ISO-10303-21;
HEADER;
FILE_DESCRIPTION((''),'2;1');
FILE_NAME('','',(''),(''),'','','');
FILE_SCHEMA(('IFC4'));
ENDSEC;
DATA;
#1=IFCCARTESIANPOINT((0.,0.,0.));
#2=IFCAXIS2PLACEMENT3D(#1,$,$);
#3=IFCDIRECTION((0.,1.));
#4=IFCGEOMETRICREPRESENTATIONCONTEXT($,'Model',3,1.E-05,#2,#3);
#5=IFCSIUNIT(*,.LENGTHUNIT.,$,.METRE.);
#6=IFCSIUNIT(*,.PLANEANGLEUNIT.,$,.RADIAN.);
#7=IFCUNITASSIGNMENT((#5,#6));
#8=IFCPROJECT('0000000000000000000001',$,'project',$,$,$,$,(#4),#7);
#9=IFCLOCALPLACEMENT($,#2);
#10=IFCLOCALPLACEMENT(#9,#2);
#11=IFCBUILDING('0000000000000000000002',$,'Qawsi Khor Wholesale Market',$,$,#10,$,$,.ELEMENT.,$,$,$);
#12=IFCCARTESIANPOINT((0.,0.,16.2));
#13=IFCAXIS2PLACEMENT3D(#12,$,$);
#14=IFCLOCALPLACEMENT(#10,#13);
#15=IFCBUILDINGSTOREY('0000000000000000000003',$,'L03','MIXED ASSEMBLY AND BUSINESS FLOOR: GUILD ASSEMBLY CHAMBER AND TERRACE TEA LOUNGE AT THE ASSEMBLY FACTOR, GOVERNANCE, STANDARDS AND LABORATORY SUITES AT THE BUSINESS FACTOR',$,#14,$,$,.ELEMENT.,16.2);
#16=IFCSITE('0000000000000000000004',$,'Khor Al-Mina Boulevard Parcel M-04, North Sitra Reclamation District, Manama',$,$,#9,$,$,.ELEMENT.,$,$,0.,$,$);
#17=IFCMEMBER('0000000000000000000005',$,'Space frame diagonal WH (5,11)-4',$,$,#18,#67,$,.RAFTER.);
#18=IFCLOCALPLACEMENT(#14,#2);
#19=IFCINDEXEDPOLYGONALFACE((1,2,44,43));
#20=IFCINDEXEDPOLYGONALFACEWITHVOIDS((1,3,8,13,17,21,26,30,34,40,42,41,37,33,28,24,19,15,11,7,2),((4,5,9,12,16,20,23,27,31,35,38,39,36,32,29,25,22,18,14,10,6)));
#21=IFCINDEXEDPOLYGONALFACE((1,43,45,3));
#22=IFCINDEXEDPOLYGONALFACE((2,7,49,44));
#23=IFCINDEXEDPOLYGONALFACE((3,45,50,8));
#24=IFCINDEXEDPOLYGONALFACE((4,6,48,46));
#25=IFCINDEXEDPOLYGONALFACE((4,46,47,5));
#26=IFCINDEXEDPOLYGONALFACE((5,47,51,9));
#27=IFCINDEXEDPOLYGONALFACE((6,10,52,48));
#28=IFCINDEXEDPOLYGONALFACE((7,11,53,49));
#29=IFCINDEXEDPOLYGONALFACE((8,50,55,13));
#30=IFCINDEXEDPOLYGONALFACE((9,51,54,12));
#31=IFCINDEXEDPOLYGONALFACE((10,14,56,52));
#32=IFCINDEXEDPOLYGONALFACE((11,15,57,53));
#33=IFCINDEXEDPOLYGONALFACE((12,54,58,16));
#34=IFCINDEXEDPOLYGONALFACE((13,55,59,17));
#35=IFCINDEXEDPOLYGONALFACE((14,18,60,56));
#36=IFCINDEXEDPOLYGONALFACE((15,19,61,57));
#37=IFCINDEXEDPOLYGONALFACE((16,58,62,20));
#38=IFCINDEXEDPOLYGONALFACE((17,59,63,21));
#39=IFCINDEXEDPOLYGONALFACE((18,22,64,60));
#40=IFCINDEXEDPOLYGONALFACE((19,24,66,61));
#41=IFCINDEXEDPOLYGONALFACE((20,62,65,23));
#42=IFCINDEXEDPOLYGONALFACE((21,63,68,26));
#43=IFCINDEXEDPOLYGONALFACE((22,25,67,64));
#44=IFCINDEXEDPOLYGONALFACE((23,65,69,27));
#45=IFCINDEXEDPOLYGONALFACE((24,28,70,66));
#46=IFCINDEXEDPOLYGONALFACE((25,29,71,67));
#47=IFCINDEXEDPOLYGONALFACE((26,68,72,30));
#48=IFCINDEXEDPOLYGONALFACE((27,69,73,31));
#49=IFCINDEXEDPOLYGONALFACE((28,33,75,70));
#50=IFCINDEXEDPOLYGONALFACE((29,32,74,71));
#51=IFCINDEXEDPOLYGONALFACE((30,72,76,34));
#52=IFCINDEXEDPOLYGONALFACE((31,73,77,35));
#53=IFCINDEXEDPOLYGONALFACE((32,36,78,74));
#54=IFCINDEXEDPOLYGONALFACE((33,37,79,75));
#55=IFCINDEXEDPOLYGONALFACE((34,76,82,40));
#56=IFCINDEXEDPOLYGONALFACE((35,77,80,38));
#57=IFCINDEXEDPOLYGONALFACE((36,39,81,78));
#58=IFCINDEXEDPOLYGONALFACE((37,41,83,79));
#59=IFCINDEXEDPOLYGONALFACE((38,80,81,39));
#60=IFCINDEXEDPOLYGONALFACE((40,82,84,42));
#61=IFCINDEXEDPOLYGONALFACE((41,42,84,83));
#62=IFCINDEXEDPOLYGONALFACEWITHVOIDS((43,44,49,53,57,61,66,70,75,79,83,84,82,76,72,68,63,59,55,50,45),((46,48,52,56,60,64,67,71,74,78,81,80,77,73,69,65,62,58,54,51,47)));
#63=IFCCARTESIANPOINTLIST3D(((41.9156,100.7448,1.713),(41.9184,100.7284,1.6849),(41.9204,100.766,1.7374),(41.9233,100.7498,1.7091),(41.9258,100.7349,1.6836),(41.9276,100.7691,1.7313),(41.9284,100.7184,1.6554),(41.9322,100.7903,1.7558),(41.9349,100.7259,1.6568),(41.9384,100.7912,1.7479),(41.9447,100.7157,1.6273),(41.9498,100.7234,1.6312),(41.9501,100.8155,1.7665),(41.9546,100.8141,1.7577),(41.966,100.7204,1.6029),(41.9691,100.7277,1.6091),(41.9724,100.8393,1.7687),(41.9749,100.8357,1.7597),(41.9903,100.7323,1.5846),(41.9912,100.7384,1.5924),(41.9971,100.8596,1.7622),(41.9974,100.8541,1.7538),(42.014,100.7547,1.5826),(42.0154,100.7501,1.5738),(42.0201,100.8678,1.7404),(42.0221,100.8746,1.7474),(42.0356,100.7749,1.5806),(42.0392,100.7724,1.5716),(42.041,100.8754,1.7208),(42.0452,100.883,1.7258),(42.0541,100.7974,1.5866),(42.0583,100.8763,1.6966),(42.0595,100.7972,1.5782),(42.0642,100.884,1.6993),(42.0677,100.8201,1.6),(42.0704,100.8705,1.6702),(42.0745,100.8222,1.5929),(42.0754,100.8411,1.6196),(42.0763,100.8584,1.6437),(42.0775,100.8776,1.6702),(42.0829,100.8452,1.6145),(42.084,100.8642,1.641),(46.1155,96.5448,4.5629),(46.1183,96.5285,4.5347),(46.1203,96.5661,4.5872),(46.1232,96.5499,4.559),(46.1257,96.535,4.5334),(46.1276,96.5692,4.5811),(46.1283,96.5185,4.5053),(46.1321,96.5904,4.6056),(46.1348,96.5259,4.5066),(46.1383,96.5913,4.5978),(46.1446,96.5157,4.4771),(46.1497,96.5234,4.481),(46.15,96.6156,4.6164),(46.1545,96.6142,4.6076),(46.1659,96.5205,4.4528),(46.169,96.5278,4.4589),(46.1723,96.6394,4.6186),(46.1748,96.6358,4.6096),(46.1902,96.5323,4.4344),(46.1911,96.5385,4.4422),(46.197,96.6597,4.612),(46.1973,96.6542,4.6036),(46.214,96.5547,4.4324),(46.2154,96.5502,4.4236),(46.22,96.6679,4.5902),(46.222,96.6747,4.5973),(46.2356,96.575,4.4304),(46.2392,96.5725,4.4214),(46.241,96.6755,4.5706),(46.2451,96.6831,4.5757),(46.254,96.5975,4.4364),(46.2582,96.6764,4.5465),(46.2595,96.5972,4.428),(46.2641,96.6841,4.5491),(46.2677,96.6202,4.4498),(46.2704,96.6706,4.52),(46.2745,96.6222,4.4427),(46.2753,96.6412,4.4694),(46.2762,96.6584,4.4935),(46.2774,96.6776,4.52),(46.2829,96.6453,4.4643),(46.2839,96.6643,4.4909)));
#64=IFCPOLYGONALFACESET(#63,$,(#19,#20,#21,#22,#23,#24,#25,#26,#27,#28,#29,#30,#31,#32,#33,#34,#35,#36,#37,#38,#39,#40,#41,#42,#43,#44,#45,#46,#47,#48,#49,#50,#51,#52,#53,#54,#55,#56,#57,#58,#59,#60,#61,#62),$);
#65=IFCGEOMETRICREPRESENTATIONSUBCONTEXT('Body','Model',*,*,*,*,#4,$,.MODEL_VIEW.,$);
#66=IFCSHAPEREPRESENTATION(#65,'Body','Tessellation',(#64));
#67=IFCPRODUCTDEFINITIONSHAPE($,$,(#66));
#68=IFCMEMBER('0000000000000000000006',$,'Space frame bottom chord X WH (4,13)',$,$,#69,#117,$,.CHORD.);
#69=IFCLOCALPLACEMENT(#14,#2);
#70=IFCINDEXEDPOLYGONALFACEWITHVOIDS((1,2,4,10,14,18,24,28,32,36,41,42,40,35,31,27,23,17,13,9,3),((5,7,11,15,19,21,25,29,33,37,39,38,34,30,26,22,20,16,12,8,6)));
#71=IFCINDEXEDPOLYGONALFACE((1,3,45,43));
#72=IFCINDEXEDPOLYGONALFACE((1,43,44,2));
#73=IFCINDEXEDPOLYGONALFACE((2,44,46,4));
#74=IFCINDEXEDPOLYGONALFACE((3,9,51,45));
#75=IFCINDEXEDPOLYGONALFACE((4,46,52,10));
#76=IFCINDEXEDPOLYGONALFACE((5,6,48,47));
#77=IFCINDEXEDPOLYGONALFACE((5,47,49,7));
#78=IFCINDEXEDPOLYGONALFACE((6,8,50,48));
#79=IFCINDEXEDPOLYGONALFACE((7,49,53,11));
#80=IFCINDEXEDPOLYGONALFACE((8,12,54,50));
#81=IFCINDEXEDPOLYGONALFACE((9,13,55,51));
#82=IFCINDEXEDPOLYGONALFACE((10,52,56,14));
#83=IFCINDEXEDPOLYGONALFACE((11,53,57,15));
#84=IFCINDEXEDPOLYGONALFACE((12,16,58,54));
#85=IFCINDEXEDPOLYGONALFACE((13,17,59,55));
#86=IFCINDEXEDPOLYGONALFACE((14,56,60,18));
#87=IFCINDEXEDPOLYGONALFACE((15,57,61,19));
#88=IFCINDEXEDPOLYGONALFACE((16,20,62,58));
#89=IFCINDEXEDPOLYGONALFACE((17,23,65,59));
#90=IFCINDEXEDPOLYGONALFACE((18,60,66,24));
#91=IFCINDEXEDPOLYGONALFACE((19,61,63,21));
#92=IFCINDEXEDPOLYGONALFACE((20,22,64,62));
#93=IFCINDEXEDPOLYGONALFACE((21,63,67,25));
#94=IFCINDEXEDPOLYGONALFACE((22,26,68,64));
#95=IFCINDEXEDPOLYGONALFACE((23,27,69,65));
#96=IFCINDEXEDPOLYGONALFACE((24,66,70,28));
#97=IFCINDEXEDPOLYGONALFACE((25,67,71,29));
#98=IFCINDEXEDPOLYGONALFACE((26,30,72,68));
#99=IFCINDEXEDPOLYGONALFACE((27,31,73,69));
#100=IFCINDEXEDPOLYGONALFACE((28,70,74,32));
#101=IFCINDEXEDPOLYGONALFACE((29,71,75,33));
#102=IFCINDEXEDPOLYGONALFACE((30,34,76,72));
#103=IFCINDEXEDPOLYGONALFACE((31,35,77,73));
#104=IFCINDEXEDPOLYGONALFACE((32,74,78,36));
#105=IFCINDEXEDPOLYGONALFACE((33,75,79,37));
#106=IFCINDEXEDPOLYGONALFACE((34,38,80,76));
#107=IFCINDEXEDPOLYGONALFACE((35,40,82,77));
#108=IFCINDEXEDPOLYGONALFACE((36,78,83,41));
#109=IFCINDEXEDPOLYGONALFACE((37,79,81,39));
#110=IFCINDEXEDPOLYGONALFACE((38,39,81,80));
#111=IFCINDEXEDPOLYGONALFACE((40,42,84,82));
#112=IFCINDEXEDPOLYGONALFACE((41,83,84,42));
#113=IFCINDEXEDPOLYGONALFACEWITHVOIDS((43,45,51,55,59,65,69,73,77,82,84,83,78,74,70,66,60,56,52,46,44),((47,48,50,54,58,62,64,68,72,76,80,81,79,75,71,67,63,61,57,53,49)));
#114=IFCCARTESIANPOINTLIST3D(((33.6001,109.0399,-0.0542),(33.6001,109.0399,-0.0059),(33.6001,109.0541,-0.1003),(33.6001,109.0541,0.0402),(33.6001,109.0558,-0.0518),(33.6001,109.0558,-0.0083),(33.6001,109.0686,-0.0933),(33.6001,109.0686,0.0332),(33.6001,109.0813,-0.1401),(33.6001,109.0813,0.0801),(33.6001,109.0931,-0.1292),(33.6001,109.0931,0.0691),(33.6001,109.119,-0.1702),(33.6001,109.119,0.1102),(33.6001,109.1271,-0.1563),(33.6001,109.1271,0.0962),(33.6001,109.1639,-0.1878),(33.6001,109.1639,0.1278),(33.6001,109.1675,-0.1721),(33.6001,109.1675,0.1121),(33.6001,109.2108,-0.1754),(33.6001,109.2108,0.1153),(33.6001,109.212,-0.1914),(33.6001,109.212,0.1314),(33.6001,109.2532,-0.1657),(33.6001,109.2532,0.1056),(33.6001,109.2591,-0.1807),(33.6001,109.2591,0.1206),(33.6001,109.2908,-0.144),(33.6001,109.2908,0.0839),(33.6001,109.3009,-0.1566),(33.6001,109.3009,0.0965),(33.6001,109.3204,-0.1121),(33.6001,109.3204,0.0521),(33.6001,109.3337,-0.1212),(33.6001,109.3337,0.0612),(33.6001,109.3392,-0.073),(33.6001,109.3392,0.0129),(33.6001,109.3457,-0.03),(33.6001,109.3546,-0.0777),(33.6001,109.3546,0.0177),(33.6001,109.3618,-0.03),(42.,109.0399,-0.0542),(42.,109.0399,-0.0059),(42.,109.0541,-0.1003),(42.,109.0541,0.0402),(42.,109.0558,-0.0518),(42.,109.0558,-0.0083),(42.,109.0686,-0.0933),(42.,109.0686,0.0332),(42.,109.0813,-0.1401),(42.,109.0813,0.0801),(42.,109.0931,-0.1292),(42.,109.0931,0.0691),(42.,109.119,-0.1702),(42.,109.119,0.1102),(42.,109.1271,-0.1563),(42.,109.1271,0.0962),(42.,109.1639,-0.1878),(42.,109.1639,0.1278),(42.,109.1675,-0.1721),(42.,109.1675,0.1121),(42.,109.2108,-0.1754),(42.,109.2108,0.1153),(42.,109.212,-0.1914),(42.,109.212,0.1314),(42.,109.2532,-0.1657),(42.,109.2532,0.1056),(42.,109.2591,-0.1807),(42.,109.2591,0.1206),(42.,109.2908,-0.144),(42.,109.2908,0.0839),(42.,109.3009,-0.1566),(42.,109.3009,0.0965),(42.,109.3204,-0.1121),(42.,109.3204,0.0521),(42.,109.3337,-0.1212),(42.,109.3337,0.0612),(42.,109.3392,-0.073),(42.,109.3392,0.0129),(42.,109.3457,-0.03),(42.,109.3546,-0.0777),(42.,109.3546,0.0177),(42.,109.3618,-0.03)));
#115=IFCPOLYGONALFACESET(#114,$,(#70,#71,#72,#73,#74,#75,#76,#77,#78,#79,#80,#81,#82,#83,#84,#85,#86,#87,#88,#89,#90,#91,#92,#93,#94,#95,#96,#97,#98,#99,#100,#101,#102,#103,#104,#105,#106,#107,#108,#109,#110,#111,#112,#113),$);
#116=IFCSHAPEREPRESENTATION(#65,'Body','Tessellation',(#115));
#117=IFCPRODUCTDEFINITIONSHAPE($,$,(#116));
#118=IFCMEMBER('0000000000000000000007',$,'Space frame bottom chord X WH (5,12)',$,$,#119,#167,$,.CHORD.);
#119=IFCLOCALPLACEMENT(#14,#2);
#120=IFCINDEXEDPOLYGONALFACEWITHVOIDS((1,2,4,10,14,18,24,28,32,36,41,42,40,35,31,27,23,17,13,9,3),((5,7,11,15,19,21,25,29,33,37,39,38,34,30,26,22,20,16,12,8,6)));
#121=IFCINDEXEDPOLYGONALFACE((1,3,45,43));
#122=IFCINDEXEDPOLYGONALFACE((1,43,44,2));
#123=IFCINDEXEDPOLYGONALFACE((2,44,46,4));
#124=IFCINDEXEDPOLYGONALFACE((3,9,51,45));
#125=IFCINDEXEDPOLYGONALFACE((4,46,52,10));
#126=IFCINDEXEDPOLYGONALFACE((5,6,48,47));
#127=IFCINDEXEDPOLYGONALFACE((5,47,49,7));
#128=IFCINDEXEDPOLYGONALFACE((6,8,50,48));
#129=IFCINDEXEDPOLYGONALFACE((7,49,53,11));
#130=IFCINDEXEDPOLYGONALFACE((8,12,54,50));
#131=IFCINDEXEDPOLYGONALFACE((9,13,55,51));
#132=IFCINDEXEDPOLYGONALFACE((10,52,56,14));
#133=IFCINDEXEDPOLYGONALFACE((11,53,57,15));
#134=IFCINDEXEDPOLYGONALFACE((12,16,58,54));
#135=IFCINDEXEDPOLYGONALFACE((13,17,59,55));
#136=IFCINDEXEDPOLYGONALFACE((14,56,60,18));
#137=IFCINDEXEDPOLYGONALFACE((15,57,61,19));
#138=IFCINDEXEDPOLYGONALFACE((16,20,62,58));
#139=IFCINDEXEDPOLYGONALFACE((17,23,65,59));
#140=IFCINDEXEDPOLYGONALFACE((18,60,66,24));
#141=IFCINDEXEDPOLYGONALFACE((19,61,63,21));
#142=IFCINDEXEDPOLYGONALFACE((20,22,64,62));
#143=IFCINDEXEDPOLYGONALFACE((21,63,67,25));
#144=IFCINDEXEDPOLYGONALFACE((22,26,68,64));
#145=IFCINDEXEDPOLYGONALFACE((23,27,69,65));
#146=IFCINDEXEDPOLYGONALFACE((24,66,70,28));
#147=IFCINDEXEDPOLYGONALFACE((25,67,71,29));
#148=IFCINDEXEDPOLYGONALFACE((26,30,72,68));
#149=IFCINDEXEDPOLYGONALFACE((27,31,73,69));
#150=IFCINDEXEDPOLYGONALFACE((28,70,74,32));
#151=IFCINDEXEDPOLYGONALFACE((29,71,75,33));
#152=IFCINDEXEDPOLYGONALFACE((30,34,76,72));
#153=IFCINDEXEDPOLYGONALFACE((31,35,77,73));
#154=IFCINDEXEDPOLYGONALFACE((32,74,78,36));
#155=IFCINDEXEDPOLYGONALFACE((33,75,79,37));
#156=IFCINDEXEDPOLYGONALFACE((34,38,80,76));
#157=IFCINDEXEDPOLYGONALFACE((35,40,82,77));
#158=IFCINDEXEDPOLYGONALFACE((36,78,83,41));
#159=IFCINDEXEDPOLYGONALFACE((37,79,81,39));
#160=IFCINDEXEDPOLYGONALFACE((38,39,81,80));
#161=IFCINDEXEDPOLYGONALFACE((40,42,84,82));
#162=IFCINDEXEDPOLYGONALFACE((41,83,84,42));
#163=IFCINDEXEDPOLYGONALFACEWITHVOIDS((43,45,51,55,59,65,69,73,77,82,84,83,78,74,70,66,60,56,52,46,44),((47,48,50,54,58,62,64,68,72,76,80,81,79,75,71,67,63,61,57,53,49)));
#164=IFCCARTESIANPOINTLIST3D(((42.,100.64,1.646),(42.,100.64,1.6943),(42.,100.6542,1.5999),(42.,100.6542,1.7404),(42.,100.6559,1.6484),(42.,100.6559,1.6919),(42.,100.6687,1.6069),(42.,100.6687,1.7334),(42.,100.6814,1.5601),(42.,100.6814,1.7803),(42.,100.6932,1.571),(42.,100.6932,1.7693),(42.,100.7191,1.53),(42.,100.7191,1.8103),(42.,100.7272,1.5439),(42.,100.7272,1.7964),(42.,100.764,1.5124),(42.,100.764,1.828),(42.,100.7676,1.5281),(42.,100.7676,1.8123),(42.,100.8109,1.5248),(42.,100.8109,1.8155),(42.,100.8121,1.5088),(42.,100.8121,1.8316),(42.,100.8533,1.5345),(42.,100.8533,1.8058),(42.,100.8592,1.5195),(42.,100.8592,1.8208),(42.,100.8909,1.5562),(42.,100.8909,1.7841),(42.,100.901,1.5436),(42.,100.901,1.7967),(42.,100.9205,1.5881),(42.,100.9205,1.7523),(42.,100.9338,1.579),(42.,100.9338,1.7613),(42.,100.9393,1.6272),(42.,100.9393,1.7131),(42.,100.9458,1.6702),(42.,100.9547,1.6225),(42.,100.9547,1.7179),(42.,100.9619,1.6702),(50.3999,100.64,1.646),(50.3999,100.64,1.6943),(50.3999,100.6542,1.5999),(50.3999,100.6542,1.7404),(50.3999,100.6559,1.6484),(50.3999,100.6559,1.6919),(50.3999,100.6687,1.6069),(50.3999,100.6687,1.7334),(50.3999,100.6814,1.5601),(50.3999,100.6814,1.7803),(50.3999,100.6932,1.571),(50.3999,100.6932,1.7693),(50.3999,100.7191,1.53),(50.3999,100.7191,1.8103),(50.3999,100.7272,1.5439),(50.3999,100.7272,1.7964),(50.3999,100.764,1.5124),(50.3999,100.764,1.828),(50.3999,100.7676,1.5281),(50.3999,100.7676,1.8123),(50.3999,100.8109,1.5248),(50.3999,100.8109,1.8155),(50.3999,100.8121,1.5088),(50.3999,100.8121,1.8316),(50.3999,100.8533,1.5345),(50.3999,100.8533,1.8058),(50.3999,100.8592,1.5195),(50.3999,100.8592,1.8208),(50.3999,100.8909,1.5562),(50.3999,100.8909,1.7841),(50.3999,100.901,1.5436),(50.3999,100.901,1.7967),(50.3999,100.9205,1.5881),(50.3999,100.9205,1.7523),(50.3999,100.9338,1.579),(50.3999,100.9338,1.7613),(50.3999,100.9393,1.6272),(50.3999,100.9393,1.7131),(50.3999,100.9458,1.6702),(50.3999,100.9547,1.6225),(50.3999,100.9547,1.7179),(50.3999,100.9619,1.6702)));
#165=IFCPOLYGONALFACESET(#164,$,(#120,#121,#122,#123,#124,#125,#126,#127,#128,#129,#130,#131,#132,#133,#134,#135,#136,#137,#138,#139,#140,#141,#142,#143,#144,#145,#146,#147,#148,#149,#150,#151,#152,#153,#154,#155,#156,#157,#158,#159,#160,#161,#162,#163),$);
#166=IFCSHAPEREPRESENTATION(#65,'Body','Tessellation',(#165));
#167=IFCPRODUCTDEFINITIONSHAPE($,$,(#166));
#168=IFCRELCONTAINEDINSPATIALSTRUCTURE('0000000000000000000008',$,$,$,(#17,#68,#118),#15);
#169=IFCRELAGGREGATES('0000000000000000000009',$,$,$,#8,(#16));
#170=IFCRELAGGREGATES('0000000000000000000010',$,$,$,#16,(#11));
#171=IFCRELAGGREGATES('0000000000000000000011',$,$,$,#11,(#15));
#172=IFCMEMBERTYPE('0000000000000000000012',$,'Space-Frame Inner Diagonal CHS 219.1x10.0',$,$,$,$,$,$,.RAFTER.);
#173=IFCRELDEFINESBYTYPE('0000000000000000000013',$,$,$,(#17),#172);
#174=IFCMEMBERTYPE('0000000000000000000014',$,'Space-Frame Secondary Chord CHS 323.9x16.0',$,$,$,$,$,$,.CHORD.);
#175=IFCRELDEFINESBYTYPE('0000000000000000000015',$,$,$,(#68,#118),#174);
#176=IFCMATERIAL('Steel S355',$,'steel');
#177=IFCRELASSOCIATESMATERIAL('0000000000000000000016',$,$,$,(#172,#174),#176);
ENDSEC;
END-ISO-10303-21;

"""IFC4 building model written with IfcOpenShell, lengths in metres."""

from ifc_helpers import new_model, si_unit, direction, frame, origin, origin_2d, place, context, subcontext, project, spatial, hollow_circle, extrude, material, material_profile, profile_set, type_object, element, save


model = new_model("IFC4")

# Units and contexts
model_context = context("Model", 3, precision=1e-05, world=origin(), true_north=direction((0.0, 1.0)))
body_context = subcontext(model_context, "Body", "Model", "MODEL_VIEW")
ifc_project = project(units=[si_unit("LENGTHUNIT", "METRE"), si_unit("PLANEANGLEUNIT", "RADIAN")], contexts=[model_context])

# Site, building, storey
site_placement = place(None, origin())
site = spatial("IfcSite", under=ifc_project, at=site_placement, Name="Khor Al-Mina Boulevard Parcel M-04, North Sitra Reclamation District, Manama", CompositionType="ELEMENT", RefElevation=0.0)
building_placement = place(site_placement, origin())
building = spatial("IfcBuilding", under=site, at=building_placement, Name="Qawsi Khor Wholesale Market", CompositionType="ELEMENT")
storey_placement = place(building_placement, frame((0.0, 0.0, 16.2)))
storey = spatial("IfcBuildingStorey", under=building, at=storey_placement, Name="L03", Description="MIXED ASSEMBLY AND BUSINESS FLOOR: GUILD ASSEMBLY CHAMBER AND TERRACE TEA LOUNGE AT THE ASSEMBLY FACTOR, GOVERNANCE, STANDARDS AND LABORATORY SUITES AT THE BUSINESS FACTOR", CompositionType="ELEMENT", Elevation=16.2)

# Members
ifc_material_1 = material(Name="Steel S355", Category="steel")
ifc_material_profile_1 = material_profile(ifc_material_1, hollow_circle(Radius=0.1096, WallThickness=0.01, at=origin_2d()), Name="CHS 219.1x10.0")
ifc_profile_set_1 = profile_set([ifc_material_profile_1], Name="Steel S355")
member_type_1 = type_object("IfcMemberType", Name="Space-Frame Inner Diagonal CHS 219.1x10.0", PredefinedType="RAFTER", material=ifc_profile_set_1)
for number, where, z_axis, x_axis, name in (
    (1, (42.0, 100.8, 1.6702), (0.637522, -0.637522, 0.432587), (0.707107, 0.707107, 0.0), "Space frame diagonal WH (5,11)-4"),
):
    element("IfcMember", number, at=place(storey_placement, frame(where, z_axis=z_axis, x_axis=x_axis)), inside=storey, type_object=member_type_1, Name=name, PredefinedType="RAFTER", context=body_context, shape_type="SweptSolid", body=[
        extrude(hollow_circle(Radius=0.1096, WallThickness=0.01, at=origin_2d()), origin(), (0.0, 0.0, 1.0), 6.5879),
    ])
ifc_material_profile_2 = material_profile(ifc_material_1, hollow_circle(Radius=0.1619, WallThickness=0.0161, at=origin_2d()), Name="CHS 323.9x16.0")
ifc_profile_set_2 = profile_set([ifc_material_profile_2], Name="Steel S355")
member_type_2 = type_object("IfcMemberType", Name="Space-Frame Secondary Chord CHS 323.9x16.0", PredefinedType="CHORD", material=ifc_profile_set_2)
for number, where, z_axis, x_axis, name in (
    (2, (33.6001, 109.2, -0.03), (1.0, 0.0, 0.0), (0.0, 1.0, 0.0), "Space frame bottom chord X WH (4,13)"),
    (3, (42.0, 100.8, 1.6702), (1.0, 0.0, 0.0), (0.0, 1.0, 0.0), "Space frame bottom chord X WH (5,12)"),
):
    element("IfcMember", number, at=place(storey_placement, frame(where, z_axis=z_axis, x_axis=x_axis)), inside=storey, type_object=member_type_2, Name=name, PredefinedType="CHORD", context=body_context, shape_type="SweptSolid", body=[
        extrude(hollow_circle(Radius=0.1619, WallThickness=0.0161, at=origin_2d()), origin(), (0.0, 0.0, 1.0), 8.3999),
    ])

save(model, "model.ifc")
